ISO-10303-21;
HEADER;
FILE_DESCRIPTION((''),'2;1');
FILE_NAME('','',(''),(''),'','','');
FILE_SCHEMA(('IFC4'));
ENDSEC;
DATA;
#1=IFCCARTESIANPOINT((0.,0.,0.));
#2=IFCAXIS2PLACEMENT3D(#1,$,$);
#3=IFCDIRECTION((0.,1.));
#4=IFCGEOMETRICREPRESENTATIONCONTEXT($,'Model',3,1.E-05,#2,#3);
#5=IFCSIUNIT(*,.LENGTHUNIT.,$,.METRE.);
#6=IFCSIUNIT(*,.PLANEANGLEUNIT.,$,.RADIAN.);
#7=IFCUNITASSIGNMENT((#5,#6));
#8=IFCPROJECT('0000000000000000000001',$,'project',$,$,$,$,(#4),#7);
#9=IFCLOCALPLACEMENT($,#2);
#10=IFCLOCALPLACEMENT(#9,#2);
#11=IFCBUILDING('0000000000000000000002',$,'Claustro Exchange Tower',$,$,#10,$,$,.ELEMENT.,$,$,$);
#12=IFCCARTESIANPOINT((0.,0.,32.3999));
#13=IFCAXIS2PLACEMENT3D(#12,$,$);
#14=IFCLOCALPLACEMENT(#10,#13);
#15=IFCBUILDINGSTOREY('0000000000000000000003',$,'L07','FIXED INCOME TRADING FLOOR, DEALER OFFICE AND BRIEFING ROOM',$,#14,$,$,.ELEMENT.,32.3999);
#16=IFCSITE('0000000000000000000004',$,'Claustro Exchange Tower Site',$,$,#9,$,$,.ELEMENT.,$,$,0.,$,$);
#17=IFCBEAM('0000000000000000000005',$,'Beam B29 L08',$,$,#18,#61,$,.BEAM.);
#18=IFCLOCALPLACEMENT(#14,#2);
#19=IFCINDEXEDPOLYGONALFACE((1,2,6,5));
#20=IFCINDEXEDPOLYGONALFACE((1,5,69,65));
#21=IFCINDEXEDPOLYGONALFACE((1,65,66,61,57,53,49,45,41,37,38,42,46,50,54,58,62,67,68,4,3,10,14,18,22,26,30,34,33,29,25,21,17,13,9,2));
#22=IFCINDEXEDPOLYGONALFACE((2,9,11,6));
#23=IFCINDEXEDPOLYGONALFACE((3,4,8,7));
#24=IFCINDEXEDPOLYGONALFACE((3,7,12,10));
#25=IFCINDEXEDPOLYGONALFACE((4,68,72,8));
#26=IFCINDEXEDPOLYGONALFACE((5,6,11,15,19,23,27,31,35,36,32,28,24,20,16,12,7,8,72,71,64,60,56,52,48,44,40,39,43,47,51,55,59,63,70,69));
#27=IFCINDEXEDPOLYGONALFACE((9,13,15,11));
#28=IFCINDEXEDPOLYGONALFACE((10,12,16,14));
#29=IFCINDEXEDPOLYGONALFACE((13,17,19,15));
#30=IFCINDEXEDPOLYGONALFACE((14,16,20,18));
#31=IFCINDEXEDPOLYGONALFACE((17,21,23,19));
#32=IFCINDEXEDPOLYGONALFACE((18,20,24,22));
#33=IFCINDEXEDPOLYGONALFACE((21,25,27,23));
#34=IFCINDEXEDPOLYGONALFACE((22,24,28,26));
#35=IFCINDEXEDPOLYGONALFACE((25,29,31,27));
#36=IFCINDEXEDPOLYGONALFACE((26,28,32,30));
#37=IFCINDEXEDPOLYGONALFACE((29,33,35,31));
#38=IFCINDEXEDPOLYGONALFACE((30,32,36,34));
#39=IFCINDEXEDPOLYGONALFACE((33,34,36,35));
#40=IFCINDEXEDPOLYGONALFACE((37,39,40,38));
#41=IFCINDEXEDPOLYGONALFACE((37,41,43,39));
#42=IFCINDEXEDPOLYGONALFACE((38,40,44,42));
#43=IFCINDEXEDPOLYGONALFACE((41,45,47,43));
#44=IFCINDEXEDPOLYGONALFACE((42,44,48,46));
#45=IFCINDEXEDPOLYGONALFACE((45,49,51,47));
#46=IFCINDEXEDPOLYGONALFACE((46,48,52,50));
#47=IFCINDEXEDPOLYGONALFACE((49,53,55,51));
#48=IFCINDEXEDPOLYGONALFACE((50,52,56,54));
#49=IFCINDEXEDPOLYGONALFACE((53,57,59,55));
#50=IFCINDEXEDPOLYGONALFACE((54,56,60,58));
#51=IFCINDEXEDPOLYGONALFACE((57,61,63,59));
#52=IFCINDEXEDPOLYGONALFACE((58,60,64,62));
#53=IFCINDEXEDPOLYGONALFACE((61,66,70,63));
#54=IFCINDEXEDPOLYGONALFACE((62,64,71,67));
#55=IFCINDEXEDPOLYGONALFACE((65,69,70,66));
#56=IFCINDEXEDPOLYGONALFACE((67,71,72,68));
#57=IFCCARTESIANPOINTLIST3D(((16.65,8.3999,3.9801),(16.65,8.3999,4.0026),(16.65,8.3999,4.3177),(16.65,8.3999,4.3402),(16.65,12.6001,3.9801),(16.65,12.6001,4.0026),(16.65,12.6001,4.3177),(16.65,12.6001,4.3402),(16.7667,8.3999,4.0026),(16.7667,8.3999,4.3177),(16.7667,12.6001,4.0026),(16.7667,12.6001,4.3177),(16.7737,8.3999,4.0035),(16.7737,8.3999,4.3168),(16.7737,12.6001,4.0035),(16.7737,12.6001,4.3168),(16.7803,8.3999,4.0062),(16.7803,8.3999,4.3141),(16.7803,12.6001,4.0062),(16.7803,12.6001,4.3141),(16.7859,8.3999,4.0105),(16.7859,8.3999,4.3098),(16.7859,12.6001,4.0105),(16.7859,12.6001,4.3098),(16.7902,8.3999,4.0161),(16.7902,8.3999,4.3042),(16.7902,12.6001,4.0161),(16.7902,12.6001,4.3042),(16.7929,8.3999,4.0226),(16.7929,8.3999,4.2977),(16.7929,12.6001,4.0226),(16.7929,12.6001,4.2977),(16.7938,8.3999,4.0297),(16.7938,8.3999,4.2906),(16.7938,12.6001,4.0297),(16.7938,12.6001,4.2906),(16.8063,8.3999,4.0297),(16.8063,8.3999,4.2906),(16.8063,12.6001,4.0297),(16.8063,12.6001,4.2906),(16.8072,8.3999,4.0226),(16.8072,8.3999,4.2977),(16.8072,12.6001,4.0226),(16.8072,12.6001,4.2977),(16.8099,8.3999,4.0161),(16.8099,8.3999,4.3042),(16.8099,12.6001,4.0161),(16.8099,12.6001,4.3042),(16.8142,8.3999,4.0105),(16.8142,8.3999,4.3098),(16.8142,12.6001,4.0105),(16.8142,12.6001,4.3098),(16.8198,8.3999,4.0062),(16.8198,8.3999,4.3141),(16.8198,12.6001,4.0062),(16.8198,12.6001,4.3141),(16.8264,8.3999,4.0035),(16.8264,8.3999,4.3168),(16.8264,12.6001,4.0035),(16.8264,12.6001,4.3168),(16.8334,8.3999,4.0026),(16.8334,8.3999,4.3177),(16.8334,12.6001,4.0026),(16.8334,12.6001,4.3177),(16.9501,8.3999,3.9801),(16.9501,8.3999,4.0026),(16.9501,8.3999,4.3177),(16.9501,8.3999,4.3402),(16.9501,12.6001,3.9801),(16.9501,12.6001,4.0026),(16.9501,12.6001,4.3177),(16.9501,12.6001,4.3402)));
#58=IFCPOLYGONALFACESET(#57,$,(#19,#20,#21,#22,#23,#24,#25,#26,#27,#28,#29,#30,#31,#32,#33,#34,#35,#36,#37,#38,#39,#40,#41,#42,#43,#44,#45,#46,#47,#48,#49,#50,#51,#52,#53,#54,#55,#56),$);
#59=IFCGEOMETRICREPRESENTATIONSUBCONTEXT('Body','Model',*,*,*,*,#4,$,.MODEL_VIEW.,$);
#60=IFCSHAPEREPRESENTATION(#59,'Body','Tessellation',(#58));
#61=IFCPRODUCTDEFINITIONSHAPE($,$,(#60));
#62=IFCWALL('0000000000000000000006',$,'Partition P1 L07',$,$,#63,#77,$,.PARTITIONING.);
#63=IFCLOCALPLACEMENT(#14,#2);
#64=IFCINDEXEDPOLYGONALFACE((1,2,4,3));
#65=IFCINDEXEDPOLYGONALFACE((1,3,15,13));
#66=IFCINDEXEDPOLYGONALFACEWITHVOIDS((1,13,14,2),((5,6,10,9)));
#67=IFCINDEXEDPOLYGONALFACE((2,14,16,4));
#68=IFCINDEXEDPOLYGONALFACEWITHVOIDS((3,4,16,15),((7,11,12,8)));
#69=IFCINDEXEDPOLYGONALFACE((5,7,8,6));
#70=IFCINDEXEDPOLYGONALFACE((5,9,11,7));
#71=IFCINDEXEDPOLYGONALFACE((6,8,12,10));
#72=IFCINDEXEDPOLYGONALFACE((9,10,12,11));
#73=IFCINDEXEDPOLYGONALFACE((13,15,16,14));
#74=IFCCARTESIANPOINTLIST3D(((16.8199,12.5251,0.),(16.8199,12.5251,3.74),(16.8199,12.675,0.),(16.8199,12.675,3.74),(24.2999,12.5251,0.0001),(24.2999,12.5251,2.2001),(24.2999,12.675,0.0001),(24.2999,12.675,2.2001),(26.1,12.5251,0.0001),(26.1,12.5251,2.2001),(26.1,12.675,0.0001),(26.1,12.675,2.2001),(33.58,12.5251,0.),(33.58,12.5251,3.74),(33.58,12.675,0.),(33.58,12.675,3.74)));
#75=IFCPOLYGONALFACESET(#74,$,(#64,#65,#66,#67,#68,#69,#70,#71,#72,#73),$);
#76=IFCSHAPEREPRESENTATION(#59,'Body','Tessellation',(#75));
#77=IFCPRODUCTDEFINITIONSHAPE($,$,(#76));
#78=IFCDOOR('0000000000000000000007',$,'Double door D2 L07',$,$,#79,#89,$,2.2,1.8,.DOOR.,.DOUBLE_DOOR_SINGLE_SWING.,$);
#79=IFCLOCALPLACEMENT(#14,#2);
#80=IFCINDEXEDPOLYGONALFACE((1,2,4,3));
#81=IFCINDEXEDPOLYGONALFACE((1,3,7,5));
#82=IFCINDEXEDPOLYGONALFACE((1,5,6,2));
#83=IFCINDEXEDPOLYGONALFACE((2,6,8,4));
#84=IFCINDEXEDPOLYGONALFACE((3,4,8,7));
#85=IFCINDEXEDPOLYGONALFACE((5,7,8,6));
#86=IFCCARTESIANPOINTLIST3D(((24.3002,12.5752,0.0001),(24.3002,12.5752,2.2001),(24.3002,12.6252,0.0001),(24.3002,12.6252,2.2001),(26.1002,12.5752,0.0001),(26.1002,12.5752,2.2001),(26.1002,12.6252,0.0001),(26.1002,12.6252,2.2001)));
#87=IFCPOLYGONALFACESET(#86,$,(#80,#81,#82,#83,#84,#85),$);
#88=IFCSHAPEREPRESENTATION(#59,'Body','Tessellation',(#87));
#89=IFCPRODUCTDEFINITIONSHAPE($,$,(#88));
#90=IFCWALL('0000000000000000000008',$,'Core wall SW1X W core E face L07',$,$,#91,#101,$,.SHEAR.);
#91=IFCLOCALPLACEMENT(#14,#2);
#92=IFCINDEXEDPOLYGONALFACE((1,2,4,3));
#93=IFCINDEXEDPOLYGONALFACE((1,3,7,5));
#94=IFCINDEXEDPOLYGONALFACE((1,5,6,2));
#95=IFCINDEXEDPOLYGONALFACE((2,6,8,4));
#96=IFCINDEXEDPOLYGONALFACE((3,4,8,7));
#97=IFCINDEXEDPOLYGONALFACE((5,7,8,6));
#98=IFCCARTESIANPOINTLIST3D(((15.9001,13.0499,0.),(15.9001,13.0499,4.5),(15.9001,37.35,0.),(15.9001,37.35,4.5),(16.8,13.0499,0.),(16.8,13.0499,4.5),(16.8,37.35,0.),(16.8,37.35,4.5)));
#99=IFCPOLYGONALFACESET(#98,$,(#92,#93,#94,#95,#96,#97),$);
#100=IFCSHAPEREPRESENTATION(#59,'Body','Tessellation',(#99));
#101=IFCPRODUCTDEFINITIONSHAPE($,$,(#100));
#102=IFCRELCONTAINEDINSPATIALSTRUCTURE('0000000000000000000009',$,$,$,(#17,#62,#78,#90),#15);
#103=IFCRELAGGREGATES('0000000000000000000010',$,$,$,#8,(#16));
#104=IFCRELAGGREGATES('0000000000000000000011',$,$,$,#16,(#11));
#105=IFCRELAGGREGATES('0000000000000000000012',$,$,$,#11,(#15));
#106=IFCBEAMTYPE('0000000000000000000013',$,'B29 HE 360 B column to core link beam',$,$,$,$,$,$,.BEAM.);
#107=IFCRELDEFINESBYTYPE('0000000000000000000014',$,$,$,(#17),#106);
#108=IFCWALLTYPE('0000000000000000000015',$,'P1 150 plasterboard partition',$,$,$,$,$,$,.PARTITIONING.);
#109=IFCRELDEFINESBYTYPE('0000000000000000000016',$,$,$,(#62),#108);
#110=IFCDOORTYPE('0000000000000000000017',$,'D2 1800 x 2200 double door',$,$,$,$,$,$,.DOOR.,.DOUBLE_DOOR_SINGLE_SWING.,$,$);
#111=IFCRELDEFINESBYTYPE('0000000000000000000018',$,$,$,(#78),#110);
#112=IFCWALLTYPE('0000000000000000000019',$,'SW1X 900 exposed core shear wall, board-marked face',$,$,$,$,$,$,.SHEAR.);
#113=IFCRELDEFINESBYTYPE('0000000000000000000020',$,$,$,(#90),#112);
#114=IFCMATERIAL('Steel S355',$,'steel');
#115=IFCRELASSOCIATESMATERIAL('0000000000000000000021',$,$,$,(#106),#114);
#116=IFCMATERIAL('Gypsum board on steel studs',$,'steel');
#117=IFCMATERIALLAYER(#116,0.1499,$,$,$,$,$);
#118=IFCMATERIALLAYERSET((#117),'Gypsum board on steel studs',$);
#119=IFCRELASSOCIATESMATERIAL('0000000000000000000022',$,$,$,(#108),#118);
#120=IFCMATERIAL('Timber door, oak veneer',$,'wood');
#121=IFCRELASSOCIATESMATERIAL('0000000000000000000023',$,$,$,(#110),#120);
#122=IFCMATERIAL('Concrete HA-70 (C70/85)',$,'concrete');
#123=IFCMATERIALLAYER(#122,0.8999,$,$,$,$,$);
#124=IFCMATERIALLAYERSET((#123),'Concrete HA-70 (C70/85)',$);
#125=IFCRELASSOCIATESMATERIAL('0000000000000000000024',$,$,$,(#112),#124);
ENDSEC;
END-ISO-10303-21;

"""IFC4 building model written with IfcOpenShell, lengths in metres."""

from ifc_helpers import new_model, si_unit, direction, frame, frame_2d, origin, origin_2d, place, context, subcontext, project, spatial, rectangle, i_section, extrude, material, layer, layer_set, material_profile, profile_set, type_object, element, fill, save


model = new_model("IFC4")

# Units and contexts
model_context = context("Model", 3, precision=1e-05, world=origin(), true_north=direction((0.0, 1.0)))
body_context = subcontext(model_context, "Body", "Model", "MODEL_VIEW")
ifc_project = project(units=[si_unit("LENGTHUNIT", "METRE"), si_unit("PLANEANGLEUNIT", "RADIAN")], contexts=[model_context])

# Site, building, storey
site_placement = place(None, origin())
site = spatial("IfcSite", under=ifc_project, at=site_placement, Name="Claustro Exchange Tower Site", CompositionType="ELEMENT", RefElevation=0.0)
building_placement = place(site_placement, origin())
building = spatial("IfcBuilding", under=site, at=building_placement, Name="Claustro Exchange Tower", CompositionType="ELEMENT")
storey_placement = place(building_placement, frame((0.0, 0.0, 32.3999)))
storey = spatial("IfcBuildingStorey", under=building, at=storey_placement, Name="L07", Description="FIXED INCOME TRADING FLOOR, DEALER OFFICE AND BRIEFING ROOM", CompositionType="ELEMENT", Elevation=32.3999)

# Beam
ifc_material_1 = material(Name="Steel S355", Category="steel")
ifc_material_profile_1 = material_profile(ifc_material_1, i_section(OverallWidth=0.3, OverallDepth=0.3601, WebThickness=0.0125, FlangeThickness=0.0225, FilletRadius=0.0271, at=origin_2d()), Name="HE 360 B")
ifc_profile_set_1 = profile_set([ifc_material_profile_1], Name="Steel S355")
beam_type_1 = type_object("IfcBeamType", Name="B29 HE 360 B column to core link beam", PredefinedType="BEAM", material=ifc_profile_set_1)
for number, where, z_axis, x_axis, name in (
    (1, (16.8, 8.3999, 4.1602), (0.0, 1.0, 0.0), (-1.0, 0.0, 0.0), "Beam B29 L08"),
):
    element("IfcBeam", number, at=place(storey_placement, frame(where, z_axis=z_axis, x_axis=x_axis)), inside=storey, type_object=beam_type_1, Name=name, PredefinedType="BEAM", context=body_context, shape_type="SweptSolid", body=[
        extrude(i_section(OverallWidth=0.3, OverallDepth=0.3601, WebThickness=0.0125, FlangeThickness=0.0225, FilletRadius=0.0271, at=origin_2d()), origin(), (0.0, 0.0, 1.0), 4.2002),
    ])

# Wall, opening, door
ifc_material_2 = material(Name="Gypsum board on steel studs", Category="steel")
ifc_layer_1 = layer(ifc_material_2, 0.1499)
ifc_layer_set_1 = layer_set([ifc_layer_1], Name="Gypsum board on steel studs")
wall_type_1 = type_object("IfcWallType", Name="P1 150 plasterboard partition", PredefinedType="PARTITIONING", material=ifc_layer_set_1)
wall_1_placement = place(storey_placement, frame((16.8201, 12.6001, 0.0), z_axis=(0.0, 0.0, 1.0), x_axis=(1.0, 0.0, 0.0)))
wall_1 = element("IfcWall", 2, at=wall_1_placement, inside=storey, type_object=wall_type_1, Name="Partition P1 L07", PredefinedType="PARTITIONING", context=body_context, shape_type="SweptSolid", body=[
    extrude(rectangle(XDim=16.76, YDim=0.1499, at=frame_2d((8.3799, 0.0))), origin(), (0.0, 0.0, 1.0), 3.74),
])
opening_1_placement = place(wall_1_placement, frame((7.48, 0.0, 0.0)))
opening_1 = element("IfcOpeningElement", 3, at=opening_1_placement, cuts=wall_1, PredefinedType="OPENING", context=body_context, shape_type="SweptSolid", body=[
    extrude(rectangle(XDim=1.8, YDim=2.2, at=frame_2d((0.8999, 1.1001))), frame((0.0, 0.085, 0.0), z_axis=(0.0, -1.0, 0.0), x_axis=(1.0, 0.0, 0.0)), (0.0, 0.0, 1.0), 0.1699),
])
ifc_material_3 = material(Name="Timber door, oak veneer", Category="wood")
door_type_1 = type_object("IfcDoorType", Name="D2 1800 x 2200 double door", OperationType="DOUBLE_DOOR_SINGLE_SWING", PredefinedType="DOOR", material=ifc_material_3)
door_1_placement = place(opening_1_placement, frame((1.8, 0.0, 0.0), z_axis=(0.0, 0.0, 1.0), x_axis=(-1.0, 0.0, 0.0)))
door_1 = element("IfcDoor", 4, at=door_1_placement, inside=storey, type_object=door_type_1, Name="Double door D2 L07", OperationType="DOUBLE_DOOR_SINGLE_SWING", OverallHeight=2.2, OverallWidth=1.8, PredefinedType="DOOR", context=body_context, shape_type="SweptSolid", body=[
    extrude(rectangle(XDim=1.8, YDim=2.2, at=frame_2d((0.8999, 1.1001))), frame((0.0, 0.0249, 0.0), z_axis=(0.0, -1.0, 0.0), x_axis=(1.0, 0.0, 0.0)), (0.0, 0.0, 1.0), 0.05),
])
fill(opening_1, door_1)

# Wall
ifc_material_4 = material(Name="Concrete HA-70 (C70/85)", Category="concrete")
ifc_layer_2 = layer(ifc_material_4, 0.8999)
ifc_layer_set_2 = layer_set([ifc_layer_2], Name="Concrete HA-70 (C70/85)")
wall_type_2 = type_object("IfcWallType", Name="SW1X 900 exposed core shear wall, board-marked face", PredefinedType="SHEAR", material=ifc_layer_set_2)
wall_2_placement = place(storey_placement, frame((16.3501, 13.05, 0.0), z_axis=(0.0, 0.0, 1.0), x_axis=(0.0, 1.0, 0.0)))
element("IfcWall", 5, at=wall_2_placement, inside=storey, type_object=wall_type_2, Name="Core wall SW1X W core E face L07", PredefinedType="SHEAR", context=body_context, shape_type="SweptSolid", body=[
    extrude(rectangle(XDim=24.3, YDim=0.8999, at=frame_2d((12.1499, 0.0))), origin(), (0.0, 0.0, 1.0), 4.5),
])

save(model, "model.ifc")
